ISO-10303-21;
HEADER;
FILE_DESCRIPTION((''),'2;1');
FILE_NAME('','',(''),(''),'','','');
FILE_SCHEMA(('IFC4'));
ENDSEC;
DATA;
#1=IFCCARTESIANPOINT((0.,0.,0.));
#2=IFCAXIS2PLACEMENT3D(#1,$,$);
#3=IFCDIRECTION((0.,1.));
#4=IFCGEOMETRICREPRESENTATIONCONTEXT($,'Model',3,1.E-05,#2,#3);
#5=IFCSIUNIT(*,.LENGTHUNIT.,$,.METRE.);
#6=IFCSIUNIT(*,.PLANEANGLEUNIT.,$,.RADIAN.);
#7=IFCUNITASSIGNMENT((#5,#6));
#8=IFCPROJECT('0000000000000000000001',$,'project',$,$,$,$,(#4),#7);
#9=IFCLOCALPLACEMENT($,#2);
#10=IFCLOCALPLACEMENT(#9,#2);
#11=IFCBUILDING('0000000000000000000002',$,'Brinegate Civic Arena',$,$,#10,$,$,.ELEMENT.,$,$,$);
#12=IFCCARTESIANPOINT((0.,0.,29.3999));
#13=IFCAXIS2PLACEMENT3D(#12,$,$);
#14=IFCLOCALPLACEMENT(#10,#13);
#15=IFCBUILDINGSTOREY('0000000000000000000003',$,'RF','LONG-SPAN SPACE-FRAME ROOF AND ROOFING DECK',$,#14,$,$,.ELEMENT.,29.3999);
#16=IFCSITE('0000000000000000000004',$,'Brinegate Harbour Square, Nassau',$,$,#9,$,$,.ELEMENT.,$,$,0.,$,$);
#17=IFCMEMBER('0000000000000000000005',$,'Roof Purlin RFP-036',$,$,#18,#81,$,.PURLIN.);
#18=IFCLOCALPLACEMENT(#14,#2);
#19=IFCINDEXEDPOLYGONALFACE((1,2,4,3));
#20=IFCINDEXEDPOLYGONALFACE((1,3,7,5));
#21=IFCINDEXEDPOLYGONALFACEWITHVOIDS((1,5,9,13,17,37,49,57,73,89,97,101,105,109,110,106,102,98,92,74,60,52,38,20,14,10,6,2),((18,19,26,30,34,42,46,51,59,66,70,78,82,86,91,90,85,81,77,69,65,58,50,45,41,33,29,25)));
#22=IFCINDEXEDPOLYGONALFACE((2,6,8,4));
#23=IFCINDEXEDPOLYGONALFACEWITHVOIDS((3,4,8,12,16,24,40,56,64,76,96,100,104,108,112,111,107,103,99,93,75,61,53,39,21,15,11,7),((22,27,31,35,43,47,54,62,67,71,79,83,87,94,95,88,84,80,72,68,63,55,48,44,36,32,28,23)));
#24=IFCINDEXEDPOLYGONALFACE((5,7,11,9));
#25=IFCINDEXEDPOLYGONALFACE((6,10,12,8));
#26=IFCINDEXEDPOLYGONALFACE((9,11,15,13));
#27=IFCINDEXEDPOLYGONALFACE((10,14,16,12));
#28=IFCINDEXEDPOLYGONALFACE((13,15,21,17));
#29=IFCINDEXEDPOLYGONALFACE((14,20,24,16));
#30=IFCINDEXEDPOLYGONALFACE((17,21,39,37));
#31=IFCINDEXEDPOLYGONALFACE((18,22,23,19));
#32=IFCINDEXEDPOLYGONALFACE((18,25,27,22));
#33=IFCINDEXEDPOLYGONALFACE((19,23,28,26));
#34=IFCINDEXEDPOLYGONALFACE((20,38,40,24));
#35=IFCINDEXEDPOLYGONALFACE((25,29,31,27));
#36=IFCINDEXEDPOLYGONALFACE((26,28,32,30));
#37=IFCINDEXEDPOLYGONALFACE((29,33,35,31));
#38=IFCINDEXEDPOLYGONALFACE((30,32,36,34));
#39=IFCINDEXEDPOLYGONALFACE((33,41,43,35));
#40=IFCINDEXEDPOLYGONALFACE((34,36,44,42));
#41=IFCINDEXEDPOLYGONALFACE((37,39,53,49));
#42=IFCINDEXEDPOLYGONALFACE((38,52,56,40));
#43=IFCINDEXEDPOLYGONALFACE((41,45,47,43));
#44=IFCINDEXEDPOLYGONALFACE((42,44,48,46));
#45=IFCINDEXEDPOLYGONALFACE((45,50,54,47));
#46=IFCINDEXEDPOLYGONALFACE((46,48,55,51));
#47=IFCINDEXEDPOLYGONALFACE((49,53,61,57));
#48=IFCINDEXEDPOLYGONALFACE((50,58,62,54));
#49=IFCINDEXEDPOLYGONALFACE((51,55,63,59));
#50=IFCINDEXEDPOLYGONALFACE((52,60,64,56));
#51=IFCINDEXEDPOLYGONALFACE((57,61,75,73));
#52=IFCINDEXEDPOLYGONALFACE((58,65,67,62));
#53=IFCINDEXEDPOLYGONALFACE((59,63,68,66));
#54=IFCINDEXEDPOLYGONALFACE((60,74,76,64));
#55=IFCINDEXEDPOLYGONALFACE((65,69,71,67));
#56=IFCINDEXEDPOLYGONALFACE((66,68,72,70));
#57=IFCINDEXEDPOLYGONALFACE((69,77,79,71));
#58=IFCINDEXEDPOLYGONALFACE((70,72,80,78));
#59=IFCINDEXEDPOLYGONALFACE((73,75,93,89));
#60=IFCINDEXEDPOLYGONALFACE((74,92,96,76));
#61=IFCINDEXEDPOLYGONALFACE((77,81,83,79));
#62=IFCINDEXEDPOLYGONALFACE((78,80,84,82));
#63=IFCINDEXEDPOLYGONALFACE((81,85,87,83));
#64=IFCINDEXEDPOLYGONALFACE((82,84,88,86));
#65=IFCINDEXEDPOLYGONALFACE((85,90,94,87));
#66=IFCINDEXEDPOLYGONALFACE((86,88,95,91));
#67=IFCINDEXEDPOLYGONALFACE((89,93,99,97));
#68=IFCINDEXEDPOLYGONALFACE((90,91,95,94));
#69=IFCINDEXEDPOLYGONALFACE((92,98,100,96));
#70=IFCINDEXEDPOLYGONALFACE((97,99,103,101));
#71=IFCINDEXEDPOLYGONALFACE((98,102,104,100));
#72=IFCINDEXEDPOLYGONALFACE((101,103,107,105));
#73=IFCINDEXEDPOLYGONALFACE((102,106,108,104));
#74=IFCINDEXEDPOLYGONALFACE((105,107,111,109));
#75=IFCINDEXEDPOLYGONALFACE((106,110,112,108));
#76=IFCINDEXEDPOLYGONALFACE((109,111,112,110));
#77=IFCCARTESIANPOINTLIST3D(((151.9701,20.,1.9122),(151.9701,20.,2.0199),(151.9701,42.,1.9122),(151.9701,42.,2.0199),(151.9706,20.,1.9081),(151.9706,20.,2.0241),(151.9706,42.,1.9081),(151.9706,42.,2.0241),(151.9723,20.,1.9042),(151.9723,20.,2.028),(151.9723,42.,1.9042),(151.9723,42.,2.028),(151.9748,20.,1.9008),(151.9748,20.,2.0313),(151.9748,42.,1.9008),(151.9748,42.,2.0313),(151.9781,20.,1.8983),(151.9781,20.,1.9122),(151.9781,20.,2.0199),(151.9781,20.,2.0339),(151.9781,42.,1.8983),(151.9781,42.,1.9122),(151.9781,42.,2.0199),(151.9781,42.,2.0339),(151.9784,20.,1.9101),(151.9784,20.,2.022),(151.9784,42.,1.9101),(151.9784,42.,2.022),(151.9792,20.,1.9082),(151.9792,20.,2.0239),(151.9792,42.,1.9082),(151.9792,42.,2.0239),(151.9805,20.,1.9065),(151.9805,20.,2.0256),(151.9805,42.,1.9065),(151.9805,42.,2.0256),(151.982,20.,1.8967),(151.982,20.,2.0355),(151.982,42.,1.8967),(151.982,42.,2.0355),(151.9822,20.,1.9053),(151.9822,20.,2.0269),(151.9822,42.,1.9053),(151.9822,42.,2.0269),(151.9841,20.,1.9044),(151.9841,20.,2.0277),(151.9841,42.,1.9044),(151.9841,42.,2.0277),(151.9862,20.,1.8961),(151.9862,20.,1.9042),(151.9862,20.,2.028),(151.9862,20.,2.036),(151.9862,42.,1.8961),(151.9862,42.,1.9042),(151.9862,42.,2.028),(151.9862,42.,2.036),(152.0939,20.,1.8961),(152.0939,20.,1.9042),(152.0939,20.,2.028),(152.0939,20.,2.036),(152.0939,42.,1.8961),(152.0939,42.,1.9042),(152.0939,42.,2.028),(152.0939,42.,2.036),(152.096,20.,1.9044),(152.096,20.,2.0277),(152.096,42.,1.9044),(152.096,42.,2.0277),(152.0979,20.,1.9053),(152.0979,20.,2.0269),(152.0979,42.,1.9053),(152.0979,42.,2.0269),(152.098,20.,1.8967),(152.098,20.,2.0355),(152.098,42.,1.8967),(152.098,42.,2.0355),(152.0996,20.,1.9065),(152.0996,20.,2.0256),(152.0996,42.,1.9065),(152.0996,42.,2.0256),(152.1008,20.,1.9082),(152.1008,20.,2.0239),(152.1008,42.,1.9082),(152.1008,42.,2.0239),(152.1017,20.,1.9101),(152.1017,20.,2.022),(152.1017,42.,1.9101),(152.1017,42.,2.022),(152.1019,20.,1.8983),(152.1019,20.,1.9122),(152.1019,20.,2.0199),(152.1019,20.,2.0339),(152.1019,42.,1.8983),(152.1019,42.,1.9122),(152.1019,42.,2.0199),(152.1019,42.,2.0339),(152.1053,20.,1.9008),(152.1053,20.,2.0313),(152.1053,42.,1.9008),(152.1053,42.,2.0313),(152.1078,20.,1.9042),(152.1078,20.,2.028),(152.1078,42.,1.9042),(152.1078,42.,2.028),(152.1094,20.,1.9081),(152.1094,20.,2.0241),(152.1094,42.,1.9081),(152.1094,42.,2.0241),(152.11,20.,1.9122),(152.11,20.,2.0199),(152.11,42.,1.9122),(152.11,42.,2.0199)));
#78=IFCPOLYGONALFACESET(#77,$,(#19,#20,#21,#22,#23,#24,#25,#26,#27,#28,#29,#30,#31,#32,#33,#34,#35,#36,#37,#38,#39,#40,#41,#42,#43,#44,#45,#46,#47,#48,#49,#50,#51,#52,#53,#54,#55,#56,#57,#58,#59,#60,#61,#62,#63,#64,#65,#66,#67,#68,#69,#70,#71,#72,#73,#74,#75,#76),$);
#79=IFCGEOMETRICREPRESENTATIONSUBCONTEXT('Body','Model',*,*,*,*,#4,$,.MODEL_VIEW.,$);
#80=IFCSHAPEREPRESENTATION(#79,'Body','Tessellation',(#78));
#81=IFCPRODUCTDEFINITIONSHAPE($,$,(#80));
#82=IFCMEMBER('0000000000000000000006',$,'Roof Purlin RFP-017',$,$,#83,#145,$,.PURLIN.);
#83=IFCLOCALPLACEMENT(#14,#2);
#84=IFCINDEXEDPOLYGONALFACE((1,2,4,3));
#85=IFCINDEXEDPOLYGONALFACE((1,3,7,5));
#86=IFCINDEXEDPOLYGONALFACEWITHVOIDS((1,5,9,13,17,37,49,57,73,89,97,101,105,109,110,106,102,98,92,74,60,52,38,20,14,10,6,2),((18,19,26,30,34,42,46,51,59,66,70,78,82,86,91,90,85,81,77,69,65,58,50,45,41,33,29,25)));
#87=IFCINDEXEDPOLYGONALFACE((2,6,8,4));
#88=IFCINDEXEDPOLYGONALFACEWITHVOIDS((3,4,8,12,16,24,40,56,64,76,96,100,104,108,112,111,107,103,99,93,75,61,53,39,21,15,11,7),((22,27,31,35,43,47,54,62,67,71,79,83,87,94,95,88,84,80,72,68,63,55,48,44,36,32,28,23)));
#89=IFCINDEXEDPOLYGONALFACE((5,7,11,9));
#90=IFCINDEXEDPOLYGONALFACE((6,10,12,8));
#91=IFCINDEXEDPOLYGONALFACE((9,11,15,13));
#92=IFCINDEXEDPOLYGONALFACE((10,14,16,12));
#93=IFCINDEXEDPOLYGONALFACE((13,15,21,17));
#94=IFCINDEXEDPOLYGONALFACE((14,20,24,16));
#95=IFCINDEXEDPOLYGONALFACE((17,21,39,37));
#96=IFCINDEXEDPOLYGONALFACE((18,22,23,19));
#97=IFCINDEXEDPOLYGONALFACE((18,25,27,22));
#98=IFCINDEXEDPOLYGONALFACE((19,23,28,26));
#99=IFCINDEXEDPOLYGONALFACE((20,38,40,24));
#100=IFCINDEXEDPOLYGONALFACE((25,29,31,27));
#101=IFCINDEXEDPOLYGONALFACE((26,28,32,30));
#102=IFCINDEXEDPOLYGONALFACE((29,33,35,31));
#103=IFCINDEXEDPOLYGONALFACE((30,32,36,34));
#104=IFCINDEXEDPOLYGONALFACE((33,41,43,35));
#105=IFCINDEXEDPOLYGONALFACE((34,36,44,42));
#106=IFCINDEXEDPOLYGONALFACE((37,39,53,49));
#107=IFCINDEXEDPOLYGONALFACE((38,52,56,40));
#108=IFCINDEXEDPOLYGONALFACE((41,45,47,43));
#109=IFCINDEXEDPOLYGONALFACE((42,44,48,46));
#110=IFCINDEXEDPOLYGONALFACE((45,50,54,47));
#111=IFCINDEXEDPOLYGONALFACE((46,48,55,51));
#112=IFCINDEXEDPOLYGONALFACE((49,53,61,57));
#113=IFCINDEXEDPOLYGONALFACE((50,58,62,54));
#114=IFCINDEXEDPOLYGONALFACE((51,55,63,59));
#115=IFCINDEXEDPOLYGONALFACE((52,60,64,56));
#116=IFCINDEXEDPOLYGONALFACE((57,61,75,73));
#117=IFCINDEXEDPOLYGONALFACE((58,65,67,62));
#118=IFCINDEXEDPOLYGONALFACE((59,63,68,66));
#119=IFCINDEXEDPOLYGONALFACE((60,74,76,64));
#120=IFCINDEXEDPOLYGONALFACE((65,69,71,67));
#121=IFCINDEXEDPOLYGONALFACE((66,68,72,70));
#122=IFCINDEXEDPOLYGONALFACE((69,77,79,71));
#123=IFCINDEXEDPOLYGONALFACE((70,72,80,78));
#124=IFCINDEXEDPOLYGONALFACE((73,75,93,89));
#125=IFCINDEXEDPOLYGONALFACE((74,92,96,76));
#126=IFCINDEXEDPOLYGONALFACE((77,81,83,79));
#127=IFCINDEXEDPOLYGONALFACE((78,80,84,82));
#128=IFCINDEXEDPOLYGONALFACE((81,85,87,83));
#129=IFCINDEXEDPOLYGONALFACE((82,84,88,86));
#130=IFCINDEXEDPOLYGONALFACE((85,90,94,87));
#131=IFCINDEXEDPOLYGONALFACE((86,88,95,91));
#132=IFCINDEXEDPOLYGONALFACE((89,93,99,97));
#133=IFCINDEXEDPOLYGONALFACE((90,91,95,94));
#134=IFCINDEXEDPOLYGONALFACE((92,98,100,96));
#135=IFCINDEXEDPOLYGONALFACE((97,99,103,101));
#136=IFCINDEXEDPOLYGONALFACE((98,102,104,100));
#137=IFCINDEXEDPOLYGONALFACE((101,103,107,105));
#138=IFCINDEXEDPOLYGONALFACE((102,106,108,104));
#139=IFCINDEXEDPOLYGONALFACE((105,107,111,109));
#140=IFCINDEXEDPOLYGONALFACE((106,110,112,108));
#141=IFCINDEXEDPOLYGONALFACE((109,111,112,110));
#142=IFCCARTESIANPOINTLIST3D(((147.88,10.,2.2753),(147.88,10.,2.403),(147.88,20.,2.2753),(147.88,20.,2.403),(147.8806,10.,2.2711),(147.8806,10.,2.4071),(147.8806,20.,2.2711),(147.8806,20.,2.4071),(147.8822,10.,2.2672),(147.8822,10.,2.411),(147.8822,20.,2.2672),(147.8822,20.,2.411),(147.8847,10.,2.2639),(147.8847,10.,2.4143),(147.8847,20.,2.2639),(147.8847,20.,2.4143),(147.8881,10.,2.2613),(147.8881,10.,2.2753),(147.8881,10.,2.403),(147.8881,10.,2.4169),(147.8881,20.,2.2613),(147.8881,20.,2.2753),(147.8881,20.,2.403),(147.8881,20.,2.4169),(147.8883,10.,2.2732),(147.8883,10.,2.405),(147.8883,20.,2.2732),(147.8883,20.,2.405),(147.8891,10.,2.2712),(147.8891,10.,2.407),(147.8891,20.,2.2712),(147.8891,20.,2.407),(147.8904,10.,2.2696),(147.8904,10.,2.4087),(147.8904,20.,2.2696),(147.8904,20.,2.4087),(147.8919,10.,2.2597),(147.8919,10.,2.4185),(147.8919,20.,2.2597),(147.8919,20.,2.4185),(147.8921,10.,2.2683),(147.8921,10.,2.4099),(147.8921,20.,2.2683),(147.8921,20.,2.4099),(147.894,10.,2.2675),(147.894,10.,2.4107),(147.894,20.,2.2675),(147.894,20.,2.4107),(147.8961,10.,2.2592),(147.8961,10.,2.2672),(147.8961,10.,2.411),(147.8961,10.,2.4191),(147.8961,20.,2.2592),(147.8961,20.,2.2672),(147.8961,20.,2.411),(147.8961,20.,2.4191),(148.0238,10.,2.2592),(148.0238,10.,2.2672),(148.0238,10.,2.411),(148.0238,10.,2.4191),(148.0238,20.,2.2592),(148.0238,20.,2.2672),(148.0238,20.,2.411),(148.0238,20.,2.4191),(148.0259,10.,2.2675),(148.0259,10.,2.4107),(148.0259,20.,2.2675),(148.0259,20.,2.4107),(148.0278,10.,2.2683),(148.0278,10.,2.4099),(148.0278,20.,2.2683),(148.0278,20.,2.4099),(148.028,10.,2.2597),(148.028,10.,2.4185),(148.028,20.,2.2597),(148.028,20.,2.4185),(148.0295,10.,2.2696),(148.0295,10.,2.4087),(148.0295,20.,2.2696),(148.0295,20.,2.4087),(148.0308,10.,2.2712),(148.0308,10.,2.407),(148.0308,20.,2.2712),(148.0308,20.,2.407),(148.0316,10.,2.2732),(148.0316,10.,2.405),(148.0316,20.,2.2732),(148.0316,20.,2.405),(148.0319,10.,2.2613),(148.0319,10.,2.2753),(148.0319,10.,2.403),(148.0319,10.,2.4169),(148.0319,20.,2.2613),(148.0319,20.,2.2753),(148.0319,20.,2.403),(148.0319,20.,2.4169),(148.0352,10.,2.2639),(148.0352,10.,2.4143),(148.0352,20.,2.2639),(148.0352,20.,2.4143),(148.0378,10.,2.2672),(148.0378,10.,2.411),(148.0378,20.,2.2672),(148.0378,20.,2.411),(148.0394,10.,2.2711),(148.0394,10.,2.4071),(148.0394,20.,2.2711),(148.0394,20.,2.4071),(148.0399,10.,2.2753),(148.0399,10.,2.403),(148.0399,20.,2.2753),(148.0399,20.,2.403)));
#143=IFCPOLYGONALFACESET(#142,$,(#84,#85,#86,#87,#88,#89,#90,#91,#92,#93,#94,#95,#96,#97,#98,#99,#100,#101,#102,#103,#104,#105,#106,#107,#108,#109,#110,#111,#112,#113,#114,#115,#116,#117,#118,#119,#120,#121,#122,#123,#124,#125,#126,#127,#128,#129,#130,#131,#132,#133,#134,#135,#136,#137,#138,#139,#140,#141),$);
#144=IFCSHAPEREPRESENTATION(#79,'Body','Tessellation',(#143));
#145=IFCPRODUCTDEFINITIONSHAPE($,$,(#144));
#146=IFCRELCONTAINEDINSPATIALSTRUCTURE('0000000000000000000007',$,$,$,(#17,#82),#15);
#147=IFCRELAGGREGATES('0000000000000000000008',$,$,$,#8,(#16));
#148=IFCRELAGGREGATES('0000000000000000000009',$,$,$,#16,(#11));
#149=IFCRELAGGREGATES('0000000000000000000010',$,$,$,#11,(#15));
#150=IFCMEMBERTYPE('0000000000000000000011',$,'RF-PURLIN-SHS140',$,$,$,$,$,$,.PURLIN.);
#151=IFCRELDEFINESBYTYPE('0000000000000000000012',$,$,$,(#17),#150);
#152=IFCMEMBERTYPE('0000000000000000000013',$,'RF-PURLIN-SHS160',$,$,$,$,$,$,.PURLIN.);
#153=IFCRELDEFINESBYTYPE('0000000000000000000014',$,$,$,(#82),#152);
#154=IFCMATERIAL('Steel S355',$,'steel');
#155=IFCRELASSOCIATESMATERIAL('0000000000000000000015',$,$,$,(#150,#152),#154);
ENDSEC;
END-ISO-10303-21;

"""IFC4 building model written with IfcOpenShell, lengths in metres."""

from ifc_helpers import new_model, si_unit, direction, frame, origin, origin_2d, place, context, subcontext, project, spatial, hollow_rectangle, extrude, material, material_profile, profile_set, type_object, element, save


model = new_model("IFC4")

# Units and contexts
model_context = context("Model", 3, precision=1e-05, world=origin(), true_north=direction((0.0, 1.0)))
body_context = subcontext(model_context, "Body", "Model", "MODEL_VIEW")
ifc_project = project(units=[si_unit("LENGTHUNIT", "METRE"), si_unit("PLANEANGLEUNIT", "RADIAN")], contexts=[model_context])

# Site, building, storey
site_placement = place(None, origin())
site = spatial("IfcSite", under=ifc_project, at=site_placement, Name="Brinegate Harbour Square, Nassau", CompositionType="ELEMENT", RefElevation=0.0)
building_placement = place(site_placement, origin())
building = spatial("IfcBuilding", under=site, at=building_placement, Name="Brinegate Civic Arena", CompositionType="ELEMENT")
storey_placement = place(building_placement, frame((0.0, 0.0, 29.3999)))
storey = spatial("IfcBuildingStorey", under=building, at=storey_placement, Name="RF", Description="LONG-SPAN SPACE-FRAME ROOF AND ROOFING DECK", CompositionType="ELEMENT", Elevation=29.3999)

# Shared definitions
ifc_material_1 = material(Name="Steel S355", Category="steel")

# Members
ifc_material_profile_1 = material_profile(ifc_material_1, hollow_rectangle(XDim=0.1399, YDim=0.1399, WallThickness=0.0081, InnerFilletRadius=0.0081, OuterFilletRadius=0.0161, at=origin_2d()), Name="SHS140X8")
ifc_profile_set_1 = profile_set([ifc_material_profile_1], Name="Steel S355")
member_type_1 = type_object("IfcMemberType", Name="RF-PURLIN-SHS140", PredefinedType="PURLIN", material=ifc_profile_set_1)
for number, where, z_axis, x_axis, name in (
    (1, (152.04, 20.0, 1.9661), (0.0, 1.0, 0.0), (-1.0, 0.0, 0.0), "Roof Purlin RFP-036"),
):
    element("IfcMember", number, at=place(storey_placement, frame(where, z_axis=z_axis, x_axis=x_axis)), inside=storey, type_object=member_type_1, Name=name, PredefinedType="PURLIN", context=body_context, shape_type="SweptSolid", body=[
        extrude(hollow_rectangle(XDim=0.1399, YDim=0.1399, WallThickness=0.0081, InnerFilletRadius=0.0081, OuterFilletRadius=0.0161, at=origin_2d()), origin(), (0.0, 0.0, 1.0), 22.0),
    ])
ifc_material_profile_2 = material_profile(ifc_material_1, hollow_rectangle(XDim=0.1599, YDim=0.1599, WallThickness=0.0081, InnerFilletRadius=0.0081, OuterFilletRadius=0.0161, at=origin_2d()), Name="SHS160X8")
ifc_profile_set_2 = profile_set([ifc_material_profile_2], Name="Steel S355")
member_type_2 = type_object("IfcMemberType", Name="RF-PURLIN-SHS160", PredefinedType="PURLIN", material=ifc_profile_set_2)
for number, where, z_axis, x_axis, name in (
    (2, (147.96, 10.0, 2.3391), (0.0, 1.0, 0.0), (-1.0, 0.0, 0.0), "Roof Purlin RFP-017"),
):
    element("IfcMember", number, at=place(storey_placement, frame(where, z_axis=z_axis, x_axis=x_axis)), inside=storey, type_object=member_type_2, Name=name, PredefinedType="PURLIN", context=body_context, shape_type="SweptSolid", body=[
        extrude(hollow_rectangle(XDim=0.1599, YDim=0.1599, WallThickness=0.0081, InnerFilletRadius=0.0081, OuterFilletRadius=0.0161, at=origin_2d()), origin(), (0.0, 0.0, 1.0), 10.0),
    ])

save(model, "model.ifc")
